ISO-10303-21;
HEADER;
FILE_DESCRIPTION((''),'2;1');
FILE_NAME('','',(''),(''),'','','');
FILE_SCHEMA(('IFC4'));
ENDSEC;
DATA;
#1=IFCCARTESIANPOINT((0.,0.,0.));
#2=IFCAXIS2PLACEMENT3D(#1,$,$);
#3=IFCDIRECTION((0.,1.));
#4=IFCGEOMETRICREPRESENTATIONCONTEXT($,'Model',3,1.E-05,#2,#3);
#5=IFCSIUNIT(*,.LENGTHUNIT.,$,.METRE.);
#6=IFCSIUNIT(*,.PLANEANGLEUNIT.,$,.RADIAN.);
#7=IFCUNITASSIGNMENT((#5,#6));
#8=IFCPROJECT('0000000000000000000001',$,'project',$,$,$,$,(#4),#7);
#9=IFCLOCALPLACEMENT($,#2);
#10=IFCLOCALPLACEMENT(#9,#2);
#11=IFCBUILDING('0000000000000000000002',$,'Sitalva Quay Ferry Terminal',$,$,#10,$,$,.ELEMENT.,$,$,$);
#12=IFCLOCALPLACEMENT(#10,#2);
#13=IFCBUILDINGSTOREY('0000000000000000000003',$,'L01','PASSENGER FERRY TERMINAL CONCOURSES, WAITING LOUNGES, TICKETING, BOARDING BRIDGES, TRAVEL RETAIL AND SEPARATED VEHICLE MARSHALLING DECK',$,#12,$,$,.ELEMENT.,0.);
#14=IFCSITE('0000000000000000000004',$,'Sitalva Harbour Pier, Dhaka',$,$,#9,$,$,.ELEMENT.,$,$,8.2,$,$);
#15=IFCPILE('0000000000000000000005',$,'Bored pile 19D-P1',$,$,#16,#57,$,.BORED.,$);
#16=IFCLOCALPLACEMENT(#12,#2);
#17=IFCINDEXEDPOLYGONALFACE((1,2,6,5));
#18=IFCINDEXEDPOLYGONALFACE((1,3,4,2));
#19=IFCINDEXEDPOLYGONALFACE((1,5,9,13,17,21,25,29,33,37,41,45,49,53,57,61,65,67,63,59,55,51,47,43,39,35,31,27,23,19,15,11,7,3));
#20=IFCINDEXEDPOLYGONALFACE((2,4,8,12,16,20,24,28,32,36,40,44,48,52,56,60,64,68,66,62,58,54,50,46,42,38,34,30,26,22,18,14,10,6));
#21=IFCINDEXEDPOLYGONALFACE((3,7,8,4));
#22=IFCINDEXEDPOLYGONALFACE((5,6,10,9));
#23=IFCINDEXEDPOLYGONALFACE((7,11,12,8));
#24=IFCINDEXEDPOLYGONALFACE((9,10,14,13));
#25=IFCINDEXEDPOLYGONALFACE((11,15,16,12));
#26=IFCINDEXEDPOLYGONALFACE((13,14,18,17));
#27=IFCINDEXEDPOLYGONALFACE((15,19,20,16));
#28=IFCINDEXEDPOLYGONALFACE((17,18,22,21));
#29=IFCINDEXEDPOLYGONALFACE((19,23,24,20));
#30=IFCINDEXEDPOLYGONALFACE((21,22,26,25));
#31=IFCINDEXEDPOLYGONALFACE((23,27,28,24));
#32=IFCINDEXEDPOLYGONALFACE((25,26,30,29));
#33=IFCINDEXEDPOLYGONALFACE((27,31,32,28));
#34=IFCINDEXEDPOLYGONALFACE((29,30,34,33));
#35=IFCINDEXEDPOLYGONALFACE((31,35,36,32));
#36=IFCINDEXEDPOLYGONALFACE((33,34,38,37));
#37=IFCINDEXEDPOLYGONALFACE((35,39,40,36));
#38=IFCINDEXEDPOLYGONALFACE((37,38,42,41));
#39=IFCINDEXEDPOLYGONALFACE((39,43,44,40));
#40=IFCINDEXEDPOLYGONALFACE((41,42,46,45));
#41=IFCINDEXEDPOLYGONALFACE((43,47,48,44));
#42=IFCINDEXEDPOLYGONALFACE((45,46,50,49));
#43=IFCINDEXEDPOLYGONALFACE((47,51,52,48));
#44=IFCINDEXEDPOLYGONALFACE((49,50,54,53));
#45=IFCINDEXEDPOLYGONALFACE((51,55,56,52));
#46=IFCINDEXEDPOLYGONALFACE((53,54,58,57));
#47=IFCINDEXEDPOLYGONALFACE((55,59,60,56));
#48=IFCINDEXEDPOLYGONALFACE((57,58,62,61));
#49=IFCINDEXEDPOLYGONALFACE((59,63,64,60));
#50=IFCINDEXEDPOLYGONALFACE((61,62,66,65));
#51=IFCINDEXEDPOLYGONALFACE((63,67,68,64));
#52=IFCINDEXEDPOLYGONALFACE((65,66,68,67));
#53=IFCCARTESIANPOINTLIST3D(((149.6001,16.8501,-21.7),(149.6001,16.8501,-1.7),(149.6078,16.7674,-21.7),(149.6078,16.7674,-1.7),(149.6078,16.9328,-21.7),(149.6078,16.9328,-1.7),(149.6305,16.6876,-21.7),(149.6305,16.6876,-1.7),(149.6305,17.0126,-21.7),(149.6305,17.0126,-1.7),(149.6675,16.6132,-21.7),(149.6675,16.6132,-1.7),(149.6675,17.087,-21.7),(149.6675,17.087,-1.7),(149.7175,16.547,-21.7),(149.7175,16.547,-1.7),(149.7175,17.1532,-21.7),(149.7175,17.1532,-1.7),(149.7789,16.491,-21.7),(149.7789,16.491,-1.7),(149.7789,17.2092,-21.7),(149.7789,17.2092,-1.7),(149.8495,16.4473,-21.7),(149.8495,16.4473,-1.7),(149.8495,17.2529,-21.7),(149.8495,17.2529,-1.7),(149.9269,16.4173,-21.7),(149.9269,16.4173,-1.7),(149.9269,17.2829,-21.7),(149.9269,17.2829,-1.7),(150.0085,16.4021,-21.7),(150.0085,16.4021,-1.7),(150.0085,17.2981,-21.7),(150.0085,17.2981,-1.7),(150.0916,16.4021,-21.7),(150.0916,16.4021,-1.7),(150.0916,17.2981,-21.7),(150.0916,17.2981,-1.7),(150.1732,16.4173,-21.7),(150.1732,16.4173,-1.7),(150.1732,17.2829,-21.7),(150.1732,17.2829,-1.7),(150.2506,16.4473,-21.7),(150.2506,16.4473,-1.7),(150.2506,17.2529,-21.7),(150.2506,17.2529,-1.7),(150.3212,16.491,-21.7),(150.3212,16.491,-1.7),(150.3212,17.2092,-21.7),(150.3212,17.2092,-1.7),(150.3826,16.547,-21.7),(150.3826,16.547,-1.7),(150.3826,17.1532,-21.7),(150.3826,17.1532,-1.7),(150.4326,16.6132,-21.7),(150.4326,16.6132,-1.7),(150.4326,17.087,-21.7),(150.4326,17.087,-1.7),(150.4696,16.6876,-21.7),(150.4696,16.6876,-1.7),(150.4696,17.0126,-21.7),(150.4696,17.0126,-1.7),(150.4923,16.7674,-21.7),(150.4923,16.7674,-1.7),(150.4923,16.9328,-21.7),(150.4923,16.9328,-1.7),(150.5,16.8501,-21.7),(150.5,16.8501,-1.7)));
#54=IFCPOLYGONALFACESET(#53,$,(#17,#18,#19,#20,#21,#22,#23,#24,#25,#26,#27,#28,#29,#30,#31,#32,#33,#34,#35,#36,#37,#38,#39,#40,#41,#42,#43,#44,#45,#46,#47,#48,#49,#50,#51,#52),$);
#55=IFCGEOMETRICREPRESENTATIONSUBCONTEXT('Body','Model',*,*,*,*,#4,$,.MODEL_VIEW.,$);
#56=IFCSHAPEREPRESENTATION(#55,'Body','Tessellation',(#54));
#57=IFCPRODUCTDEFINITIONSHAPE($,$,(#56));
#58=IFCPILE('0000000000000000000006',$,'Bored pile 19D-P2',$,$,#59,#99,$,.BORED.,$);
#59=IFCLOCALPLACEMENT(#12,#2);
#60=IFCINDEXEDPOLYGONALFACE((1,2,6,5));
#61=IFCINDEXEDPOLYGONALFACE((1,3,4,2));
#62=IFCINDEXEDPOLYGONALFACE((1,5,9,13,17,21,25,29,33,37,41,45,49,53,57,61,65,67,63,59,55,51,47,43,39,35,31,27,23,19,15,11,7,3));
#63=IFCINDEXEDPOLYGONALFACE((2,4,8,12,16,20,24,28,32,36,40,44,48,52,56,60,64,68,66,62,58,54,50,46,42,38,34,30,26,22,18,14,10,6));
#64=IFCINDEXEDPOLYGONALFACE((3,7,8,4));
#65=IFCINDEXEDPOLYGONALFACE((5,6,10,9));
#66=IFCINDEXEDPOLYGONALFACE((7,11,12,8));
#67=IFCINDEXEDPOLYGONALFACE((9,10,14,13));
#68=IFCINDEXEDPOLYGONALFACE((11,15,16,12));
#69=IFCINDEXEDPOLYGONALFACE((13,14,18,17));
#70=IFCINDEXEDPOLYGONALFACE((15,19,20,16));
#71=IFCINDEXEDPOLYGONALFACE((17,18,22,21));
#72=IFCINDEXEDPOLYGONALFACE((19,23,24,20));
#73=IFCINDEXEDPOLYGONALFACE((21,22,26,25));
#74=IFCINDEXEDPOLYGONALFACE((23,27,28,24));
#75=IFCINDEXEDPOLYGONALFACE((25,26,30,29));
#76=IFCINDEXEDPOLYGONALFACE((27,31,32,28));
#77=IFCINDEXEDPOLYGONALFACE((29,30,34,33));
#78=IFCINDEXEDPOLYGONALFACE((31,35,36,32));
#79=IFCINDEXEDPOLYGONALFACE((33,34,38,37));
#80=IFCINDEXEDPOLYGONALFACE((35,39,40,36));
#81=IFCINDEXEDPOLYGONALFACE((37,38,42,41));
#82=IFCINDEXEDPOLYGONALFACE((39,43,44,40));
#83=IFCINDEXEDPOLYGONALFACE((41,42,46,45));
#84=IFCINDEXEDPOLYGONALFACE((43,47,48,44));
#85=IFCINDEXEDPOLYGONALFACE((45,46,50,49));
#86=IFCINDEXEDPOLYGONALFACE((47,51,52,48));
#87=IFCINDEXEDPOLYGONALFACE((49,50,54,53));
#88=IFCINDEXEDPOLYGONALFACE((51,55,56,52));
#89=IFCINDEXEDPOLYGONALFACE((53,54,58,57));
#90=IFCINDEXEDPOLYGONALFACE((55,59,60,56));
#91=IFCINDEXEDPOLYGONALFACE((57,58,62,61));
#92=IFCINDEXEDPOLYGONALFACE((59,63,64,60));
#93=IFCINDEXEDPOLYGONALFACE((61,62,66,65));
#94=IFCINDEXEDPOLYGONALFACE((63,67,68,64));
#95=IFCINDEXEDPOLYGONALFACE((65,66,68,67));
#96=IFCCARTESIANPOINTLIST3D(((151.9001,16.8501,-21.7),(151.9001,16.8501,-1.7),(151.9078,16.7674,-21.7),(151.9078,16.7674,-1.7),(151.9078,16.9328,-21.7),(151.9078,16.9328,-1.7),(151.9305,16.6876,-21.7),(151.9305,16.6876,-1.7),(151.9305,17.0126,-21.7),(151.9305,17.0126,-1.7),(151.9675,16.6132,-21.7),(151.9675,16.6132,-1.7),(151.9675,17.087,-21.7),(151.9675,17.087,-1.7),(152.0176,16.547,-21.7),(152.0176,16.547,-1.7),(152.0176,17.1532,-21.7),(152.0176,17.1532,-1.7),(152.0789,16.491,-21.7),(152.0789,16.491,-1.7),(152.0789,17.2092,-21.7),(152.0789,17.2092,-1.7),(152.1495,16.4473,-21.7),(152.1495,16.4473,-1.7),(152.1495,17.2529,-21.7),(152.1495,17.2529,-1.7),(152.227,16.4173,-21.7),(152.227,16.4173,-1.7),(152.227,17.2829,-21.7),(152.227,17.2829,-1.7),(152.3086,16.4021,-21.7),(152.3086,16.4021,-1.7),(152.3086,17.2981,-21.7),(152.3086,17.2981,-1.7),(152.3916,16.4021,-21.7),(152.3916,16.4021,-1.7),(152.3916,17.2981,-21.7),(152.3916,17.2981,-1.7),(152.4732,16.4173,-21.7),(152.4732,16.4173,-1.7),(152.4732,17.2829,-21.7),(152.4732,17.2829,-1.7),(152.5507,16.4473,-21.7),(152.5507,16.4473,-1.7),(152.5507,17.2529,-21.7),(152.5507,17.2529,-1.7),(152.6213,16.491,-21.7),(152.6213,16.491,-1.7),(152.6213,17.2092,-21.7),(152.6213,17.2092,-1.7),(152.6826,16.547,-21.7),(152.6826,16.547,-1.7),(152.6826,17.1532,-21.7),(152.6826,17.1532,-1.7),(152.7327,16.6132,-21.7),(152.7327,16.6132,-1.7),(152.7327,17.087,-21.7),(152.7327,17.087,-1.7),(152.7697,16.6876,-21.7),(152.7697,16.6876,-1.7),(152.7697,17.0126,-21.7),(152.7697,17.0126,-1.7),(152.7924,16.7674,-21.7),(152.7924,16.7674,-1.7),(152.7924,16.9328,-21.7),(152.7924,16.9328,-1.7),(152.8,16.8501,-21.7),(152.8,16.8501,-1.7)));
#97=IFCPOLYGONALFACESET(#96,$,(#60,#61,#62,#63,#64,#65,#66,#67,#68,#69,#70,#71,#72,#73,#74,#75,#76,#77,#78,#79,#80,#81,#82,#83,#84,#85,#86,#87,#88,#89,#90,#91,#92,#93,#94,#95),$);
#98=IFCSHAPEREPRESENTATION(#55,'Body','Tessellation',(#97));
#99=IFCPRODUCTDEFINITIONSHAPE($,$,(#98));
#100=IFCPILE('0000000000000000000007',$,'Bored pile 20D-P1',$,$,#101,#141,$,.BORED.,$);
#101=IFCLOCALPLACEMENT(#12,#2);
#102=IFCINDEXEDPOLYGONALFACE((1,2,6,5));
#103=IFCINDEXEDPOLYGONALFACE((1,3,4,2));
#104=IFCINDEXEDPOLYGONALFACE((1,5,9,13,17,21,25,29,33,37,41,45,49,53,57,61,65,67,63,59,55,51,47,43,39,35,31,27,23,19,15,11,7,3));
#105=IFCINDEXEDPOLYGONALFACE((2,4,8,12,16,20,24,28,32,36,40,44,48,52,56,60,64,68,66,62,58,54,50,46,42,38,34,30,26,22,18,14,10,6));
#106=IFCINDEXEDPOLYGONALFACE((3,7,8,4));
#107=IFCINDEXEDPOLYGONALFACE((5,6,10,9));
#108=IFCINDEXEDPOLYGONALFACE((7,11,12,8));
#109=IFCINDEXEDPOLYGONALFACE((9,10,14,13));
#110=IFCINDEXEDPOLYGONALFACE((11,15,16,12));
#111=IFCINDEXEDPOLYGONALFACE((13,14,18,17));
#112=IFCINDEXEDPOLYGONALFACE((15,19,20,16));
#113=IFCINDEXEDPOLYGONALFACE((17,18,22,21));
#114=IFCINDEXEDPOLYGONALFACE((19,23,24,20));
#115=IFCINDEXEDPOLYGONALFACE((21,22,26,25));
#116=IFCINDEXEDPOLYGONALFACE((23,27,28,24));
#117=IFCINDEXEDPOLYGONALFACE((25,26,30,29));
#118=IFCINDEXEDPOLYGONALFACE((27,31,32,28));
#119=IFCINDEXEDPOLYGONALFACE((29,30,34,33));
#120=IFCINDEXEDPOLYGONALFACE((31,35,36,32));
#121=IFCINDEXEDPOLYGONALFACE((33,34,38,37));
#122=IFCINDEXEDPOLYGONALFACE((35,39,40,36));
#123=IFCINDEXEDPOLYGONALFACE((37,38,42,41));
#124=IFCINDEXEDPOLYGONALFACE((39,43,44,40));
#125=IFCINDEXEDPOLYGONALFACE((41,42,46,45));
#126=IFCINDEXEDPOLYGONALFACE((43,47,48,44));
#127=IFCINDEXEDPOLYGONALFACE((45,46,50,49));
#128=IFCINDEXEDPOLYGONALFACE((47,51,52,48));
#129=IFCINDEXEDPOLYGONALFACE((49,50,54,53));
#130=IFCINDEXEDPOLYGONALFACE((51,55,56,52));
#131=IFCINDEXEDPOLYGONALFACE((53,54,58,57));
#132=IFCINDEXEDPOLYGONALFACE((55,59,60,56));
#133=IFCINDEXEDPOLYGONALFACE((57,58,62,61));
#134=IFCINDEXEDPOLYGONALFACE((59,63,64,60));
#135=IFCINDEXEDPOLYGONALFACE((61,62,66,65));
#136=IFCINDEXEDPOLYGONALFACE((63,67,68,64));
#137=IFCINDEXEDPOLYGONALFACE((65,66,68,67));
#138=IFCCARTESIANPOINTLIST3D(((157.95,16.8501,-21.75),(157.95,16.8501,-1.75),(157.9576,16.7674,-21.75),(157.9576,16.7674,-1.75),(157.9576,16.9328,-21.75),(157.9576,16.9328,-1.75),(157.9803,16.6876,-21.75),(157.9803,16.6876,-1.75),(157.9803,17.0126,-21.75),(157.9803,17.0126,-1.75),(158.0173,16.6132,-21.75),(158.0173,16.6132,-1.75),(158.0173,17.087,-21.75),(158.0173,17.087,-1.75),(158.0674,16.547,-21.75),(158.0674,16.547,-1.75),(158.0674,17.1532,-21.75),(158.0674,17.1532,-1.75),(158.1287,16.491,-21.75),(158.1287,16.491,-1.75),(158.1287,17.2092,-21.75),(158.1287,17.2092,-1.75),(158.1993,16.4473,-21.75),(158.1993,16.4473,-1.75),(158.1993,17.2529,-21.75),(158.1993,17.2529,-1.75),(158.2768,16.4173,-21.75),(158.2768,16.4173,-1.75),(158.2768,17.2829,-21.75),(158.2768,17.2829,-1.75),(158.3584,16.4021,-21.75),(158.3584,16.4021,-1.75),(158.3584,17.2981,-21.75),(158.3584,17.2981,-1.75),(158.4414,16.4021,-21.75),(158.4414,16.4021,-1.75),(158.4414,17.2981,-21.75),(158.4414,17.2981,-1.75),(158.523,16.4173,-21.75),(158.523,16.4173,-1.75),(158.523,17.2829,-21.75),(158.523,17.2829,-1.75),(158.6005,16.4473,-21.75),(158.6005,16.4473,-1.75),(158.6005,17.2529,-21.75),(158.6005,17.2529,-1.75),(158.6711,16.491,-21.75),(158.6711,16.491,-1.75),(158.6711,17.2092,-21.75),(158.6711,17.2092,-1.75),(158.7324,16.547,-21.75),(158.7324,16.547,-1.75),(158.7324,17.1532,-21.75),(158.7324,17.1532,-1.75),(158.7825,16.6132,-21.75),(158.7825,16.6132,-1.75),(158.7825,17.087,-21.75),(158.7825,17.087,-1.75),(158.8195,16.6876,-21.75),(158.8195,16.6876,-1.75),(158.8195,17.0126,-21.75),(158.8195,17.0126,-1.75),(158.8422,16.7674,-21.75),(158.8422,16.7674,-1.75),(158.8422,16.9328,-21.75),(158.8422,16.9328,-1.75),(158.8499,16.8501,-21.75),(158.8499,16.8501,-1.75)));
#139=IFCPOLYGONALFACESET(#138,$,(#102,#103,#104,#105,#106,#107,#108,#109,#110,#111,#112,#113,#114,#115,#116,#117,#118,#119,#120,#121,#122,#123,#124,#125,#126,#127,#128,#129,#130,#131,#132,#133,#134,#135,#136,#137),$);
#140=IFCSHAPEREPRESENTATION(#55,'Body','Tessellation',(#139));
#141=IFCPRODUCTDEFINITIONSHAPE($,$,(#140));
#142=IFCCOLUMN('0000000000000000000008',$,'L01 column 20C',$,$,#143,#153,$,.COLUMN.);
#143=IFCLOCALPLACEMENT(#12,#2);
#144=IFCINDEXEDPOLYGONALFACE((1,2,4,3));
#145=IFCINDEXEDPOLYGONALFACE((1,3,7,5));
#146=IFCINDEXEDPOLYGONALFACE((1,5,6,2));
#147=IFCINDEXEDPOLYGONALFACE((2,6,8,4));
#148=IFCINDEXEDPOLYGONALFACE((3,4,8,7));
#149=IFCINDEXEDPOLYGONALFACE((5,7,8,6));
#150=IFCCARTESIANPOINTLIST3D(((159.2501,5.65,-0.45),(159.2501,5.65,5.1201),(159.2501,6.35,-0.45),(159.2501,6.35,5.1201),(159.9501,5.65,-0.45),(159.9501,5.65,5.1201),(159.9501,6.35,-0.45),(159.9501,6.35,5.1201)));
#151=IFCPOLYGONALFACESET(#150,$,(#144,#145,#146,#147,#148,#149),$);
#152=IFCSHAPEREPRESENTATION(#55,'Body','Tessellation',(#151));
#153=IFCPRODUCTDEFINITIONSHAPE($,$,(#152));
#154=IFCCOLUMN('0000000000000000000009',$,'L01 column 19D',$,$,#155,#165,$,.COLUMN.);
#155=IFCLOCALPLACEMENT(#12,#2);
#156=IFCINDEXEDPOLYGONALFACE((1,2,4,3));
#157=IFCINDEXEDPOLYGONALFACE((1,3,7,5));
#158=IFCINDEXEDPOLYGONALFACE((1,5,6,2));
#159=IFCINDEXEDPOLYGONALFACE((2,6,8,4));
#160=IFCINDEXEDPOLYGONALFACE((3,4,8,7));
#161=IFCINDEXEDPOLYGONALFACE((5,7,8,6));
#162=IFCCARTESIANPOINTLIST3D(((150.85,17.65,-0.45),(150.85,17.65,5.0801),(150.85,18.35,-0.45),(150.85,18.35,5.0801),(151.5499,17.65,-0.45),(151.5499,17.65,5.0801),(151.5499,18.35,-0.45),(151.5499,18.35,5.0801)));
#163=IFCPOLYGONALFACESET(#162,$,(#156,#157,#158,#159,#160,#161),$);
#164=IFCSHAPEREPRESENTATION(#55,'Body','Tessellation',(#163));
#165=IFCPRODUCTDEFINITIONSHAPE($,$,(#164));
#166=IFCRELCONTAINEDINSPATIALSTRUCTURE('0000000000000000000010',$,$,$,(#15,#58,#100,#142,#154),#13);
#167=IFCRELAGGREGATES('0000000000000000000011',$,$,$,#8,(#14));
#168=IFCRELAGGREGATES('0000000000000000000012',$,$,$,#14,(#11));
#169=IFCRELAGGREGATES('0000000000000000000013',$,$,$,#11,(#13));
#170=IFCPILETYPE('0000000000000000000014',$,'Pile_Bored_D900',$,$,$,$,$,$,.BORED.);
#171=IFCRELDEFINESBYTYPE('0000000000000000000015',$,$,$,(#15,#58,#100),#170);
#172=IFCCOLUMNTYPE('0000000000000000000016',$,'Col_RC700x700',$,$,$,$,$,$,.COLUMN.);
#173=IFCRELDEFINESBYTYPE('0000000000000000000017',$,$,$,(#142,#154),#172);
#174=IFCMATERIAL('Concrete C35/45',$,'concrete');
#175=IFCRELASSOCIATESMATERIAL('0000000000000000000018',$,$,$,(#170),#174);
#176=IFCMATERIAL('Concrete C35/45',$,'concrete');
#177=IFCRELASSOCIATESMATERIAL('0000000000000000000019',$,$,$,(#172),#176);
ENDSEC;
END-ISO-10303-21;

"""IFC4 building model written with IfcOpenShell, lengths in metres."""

from ifc_helpers import new_model, si_unit, direction, frame, origin, origin_2d, place, context, subcontext, project, spatial, rectangle, circle, extrude, material, material_profile, profile_set, type_object, element, save


model = new_model("IFC4")

# Units and contexts
model_context = context("Model", 3, precision=1e-05, world=origin(), true_north=direction((0.0, 1.0)))
body_context = subcontext(model_context, "Body", "Model", "MODEL_VIEW")
ifc_project = project(units=[si_unit("LENGTHUNIT", "METRE"), si_unit("PLANEANGLEUNIT", "RADIAN")], contexts=[model_context])

# Site, building, storey
site_placement = place(None, origin())
site = spatial("IfcSite", under=ifc_project, at=site_placement, Name="Sitalva Harbour Pier, Dhaka", CompositionType="ELEMENT", RefElevation=8.2)
building_placement = place(site_placement, origin())
building = spatial("IfcBuilding", under=site, at=building_placement, Name="Sitalva Quay Ferry Terminal", CompositionType="ELEMENT")
storey_placement = place(building_placement, origin())
storey = spatial("IfcBuildingStorey", under=building, at=storey_placement, Name="L01", Description="PASSENGER FERRY TERMINAL CONCOURSES, WAITING LOUNGES, TICKETING, BOARDING BRIDGES, TRAVEL RETAIL AND SEPARATED VEHICLE MARSHALLING DECK", CompositionType="ELEMENT", Elevation=0.0)

# Piles
ifc_material_1 = material(Name="Concrete C35/45", Category="concrete")
ifc_material_profile_1 = material_profile(ifc_material_1, circle(Radius=0.45, at=origin_2d()), Name="PILE-D900")
ifc_profile_set_1 = profile_set([ifc_material_profile_1], Name="Concrete C35/45")
pile_type = type_object("IfcPileType", Name="Pile_Bored_D900", PredefinedType="BORED", material=ifc_profile_set_1)
for number, where, z_axis, x_axis, name in (
    (1, (150.05, 16.8501, -1.7), (0.0, 0.0, -1.0), (1.0, 0.0, 0.0), "Bored pile 19D-P1"),
    (2, (152.3501, 16.8501, -1.7), (0.0, 0.0, -1.0), (1.0, 0.0, 0.0), "Bored pile 19D-P2"),
    (3, (158.3999, 16.8501, -1.75), (0.0, 0.0, -1.0), (1.0, 0.0, 0.0), "Bored pile 20D-P1"),
):
    element("IfcPile", number, at=place(storey_placement, frame(where, z_axis=z_axis, x_axis=x_axis)), inside=storey, type_object=pile_type, Name=name, PredefinedType="BORED", context=body_context, shape_type="SweptSolid", body=[
        extrude(circle(Radius=0.45, at=origin_2d()), origin(), (0.0, 0.0, 1.0), 20.0),
    ])

# Columns
ifc_material_2 = material(Name="Concrete C35/45", Category="concrete")
ifc_material_profile_2 = material_profile(ifc_material_2, rectangle(XDim=0.7, YDim=0.7, at=origin_2d()), Name="RC700x700")
ifc_profile_set_2 = profile_set([ifc_material_profile_2], Name="Concrete C35/45")
column_type = type_object("IfcColumnType", Name="Col_RC700x700", PredefinedType="COLUMN", material=ifc_profile_set_2)
column_1_placement = place(storey_placement, frame((159.6001, 6.0, -0.45), z_axis=(0.0, 0.0, 1.0), x_axis=(1.0, 0.0, 0.0)))
element("IfcColumn", 4, at=column_1_placement, inside=storey, type_object=column_type, Name="L01 column 20C", PredefinedType="COLUMN", context=body_context, shape_type="SweptSolid", body=[
    extrude(rectangle(XDim=0.7, YDim=0.7, at=origin_2d()), origin(), (0.0, 0.0, 1.0), 5.5701),
])
column_2_placement = place(storey_placement, frame((151.2, 18.0, -0.45), z_axis=(0.0, 0.0, 1.0), x_axis=(1.0, 0.0, 0.0)))
element("IfcColumn", 5, at=column_2_placement, inside=storey, type_object=column_type, Name="L01 column 19D", PredefinedType="COLUMN", context=body_context, shape_type="SweptSolid", body=[
    extrude(rectangle(XDim=0.7, YDim=0.7, at=origin_2d()), origin(), (0.0, 0.0, 1.0), 5.53),
])

save(model, "model.ifc")
